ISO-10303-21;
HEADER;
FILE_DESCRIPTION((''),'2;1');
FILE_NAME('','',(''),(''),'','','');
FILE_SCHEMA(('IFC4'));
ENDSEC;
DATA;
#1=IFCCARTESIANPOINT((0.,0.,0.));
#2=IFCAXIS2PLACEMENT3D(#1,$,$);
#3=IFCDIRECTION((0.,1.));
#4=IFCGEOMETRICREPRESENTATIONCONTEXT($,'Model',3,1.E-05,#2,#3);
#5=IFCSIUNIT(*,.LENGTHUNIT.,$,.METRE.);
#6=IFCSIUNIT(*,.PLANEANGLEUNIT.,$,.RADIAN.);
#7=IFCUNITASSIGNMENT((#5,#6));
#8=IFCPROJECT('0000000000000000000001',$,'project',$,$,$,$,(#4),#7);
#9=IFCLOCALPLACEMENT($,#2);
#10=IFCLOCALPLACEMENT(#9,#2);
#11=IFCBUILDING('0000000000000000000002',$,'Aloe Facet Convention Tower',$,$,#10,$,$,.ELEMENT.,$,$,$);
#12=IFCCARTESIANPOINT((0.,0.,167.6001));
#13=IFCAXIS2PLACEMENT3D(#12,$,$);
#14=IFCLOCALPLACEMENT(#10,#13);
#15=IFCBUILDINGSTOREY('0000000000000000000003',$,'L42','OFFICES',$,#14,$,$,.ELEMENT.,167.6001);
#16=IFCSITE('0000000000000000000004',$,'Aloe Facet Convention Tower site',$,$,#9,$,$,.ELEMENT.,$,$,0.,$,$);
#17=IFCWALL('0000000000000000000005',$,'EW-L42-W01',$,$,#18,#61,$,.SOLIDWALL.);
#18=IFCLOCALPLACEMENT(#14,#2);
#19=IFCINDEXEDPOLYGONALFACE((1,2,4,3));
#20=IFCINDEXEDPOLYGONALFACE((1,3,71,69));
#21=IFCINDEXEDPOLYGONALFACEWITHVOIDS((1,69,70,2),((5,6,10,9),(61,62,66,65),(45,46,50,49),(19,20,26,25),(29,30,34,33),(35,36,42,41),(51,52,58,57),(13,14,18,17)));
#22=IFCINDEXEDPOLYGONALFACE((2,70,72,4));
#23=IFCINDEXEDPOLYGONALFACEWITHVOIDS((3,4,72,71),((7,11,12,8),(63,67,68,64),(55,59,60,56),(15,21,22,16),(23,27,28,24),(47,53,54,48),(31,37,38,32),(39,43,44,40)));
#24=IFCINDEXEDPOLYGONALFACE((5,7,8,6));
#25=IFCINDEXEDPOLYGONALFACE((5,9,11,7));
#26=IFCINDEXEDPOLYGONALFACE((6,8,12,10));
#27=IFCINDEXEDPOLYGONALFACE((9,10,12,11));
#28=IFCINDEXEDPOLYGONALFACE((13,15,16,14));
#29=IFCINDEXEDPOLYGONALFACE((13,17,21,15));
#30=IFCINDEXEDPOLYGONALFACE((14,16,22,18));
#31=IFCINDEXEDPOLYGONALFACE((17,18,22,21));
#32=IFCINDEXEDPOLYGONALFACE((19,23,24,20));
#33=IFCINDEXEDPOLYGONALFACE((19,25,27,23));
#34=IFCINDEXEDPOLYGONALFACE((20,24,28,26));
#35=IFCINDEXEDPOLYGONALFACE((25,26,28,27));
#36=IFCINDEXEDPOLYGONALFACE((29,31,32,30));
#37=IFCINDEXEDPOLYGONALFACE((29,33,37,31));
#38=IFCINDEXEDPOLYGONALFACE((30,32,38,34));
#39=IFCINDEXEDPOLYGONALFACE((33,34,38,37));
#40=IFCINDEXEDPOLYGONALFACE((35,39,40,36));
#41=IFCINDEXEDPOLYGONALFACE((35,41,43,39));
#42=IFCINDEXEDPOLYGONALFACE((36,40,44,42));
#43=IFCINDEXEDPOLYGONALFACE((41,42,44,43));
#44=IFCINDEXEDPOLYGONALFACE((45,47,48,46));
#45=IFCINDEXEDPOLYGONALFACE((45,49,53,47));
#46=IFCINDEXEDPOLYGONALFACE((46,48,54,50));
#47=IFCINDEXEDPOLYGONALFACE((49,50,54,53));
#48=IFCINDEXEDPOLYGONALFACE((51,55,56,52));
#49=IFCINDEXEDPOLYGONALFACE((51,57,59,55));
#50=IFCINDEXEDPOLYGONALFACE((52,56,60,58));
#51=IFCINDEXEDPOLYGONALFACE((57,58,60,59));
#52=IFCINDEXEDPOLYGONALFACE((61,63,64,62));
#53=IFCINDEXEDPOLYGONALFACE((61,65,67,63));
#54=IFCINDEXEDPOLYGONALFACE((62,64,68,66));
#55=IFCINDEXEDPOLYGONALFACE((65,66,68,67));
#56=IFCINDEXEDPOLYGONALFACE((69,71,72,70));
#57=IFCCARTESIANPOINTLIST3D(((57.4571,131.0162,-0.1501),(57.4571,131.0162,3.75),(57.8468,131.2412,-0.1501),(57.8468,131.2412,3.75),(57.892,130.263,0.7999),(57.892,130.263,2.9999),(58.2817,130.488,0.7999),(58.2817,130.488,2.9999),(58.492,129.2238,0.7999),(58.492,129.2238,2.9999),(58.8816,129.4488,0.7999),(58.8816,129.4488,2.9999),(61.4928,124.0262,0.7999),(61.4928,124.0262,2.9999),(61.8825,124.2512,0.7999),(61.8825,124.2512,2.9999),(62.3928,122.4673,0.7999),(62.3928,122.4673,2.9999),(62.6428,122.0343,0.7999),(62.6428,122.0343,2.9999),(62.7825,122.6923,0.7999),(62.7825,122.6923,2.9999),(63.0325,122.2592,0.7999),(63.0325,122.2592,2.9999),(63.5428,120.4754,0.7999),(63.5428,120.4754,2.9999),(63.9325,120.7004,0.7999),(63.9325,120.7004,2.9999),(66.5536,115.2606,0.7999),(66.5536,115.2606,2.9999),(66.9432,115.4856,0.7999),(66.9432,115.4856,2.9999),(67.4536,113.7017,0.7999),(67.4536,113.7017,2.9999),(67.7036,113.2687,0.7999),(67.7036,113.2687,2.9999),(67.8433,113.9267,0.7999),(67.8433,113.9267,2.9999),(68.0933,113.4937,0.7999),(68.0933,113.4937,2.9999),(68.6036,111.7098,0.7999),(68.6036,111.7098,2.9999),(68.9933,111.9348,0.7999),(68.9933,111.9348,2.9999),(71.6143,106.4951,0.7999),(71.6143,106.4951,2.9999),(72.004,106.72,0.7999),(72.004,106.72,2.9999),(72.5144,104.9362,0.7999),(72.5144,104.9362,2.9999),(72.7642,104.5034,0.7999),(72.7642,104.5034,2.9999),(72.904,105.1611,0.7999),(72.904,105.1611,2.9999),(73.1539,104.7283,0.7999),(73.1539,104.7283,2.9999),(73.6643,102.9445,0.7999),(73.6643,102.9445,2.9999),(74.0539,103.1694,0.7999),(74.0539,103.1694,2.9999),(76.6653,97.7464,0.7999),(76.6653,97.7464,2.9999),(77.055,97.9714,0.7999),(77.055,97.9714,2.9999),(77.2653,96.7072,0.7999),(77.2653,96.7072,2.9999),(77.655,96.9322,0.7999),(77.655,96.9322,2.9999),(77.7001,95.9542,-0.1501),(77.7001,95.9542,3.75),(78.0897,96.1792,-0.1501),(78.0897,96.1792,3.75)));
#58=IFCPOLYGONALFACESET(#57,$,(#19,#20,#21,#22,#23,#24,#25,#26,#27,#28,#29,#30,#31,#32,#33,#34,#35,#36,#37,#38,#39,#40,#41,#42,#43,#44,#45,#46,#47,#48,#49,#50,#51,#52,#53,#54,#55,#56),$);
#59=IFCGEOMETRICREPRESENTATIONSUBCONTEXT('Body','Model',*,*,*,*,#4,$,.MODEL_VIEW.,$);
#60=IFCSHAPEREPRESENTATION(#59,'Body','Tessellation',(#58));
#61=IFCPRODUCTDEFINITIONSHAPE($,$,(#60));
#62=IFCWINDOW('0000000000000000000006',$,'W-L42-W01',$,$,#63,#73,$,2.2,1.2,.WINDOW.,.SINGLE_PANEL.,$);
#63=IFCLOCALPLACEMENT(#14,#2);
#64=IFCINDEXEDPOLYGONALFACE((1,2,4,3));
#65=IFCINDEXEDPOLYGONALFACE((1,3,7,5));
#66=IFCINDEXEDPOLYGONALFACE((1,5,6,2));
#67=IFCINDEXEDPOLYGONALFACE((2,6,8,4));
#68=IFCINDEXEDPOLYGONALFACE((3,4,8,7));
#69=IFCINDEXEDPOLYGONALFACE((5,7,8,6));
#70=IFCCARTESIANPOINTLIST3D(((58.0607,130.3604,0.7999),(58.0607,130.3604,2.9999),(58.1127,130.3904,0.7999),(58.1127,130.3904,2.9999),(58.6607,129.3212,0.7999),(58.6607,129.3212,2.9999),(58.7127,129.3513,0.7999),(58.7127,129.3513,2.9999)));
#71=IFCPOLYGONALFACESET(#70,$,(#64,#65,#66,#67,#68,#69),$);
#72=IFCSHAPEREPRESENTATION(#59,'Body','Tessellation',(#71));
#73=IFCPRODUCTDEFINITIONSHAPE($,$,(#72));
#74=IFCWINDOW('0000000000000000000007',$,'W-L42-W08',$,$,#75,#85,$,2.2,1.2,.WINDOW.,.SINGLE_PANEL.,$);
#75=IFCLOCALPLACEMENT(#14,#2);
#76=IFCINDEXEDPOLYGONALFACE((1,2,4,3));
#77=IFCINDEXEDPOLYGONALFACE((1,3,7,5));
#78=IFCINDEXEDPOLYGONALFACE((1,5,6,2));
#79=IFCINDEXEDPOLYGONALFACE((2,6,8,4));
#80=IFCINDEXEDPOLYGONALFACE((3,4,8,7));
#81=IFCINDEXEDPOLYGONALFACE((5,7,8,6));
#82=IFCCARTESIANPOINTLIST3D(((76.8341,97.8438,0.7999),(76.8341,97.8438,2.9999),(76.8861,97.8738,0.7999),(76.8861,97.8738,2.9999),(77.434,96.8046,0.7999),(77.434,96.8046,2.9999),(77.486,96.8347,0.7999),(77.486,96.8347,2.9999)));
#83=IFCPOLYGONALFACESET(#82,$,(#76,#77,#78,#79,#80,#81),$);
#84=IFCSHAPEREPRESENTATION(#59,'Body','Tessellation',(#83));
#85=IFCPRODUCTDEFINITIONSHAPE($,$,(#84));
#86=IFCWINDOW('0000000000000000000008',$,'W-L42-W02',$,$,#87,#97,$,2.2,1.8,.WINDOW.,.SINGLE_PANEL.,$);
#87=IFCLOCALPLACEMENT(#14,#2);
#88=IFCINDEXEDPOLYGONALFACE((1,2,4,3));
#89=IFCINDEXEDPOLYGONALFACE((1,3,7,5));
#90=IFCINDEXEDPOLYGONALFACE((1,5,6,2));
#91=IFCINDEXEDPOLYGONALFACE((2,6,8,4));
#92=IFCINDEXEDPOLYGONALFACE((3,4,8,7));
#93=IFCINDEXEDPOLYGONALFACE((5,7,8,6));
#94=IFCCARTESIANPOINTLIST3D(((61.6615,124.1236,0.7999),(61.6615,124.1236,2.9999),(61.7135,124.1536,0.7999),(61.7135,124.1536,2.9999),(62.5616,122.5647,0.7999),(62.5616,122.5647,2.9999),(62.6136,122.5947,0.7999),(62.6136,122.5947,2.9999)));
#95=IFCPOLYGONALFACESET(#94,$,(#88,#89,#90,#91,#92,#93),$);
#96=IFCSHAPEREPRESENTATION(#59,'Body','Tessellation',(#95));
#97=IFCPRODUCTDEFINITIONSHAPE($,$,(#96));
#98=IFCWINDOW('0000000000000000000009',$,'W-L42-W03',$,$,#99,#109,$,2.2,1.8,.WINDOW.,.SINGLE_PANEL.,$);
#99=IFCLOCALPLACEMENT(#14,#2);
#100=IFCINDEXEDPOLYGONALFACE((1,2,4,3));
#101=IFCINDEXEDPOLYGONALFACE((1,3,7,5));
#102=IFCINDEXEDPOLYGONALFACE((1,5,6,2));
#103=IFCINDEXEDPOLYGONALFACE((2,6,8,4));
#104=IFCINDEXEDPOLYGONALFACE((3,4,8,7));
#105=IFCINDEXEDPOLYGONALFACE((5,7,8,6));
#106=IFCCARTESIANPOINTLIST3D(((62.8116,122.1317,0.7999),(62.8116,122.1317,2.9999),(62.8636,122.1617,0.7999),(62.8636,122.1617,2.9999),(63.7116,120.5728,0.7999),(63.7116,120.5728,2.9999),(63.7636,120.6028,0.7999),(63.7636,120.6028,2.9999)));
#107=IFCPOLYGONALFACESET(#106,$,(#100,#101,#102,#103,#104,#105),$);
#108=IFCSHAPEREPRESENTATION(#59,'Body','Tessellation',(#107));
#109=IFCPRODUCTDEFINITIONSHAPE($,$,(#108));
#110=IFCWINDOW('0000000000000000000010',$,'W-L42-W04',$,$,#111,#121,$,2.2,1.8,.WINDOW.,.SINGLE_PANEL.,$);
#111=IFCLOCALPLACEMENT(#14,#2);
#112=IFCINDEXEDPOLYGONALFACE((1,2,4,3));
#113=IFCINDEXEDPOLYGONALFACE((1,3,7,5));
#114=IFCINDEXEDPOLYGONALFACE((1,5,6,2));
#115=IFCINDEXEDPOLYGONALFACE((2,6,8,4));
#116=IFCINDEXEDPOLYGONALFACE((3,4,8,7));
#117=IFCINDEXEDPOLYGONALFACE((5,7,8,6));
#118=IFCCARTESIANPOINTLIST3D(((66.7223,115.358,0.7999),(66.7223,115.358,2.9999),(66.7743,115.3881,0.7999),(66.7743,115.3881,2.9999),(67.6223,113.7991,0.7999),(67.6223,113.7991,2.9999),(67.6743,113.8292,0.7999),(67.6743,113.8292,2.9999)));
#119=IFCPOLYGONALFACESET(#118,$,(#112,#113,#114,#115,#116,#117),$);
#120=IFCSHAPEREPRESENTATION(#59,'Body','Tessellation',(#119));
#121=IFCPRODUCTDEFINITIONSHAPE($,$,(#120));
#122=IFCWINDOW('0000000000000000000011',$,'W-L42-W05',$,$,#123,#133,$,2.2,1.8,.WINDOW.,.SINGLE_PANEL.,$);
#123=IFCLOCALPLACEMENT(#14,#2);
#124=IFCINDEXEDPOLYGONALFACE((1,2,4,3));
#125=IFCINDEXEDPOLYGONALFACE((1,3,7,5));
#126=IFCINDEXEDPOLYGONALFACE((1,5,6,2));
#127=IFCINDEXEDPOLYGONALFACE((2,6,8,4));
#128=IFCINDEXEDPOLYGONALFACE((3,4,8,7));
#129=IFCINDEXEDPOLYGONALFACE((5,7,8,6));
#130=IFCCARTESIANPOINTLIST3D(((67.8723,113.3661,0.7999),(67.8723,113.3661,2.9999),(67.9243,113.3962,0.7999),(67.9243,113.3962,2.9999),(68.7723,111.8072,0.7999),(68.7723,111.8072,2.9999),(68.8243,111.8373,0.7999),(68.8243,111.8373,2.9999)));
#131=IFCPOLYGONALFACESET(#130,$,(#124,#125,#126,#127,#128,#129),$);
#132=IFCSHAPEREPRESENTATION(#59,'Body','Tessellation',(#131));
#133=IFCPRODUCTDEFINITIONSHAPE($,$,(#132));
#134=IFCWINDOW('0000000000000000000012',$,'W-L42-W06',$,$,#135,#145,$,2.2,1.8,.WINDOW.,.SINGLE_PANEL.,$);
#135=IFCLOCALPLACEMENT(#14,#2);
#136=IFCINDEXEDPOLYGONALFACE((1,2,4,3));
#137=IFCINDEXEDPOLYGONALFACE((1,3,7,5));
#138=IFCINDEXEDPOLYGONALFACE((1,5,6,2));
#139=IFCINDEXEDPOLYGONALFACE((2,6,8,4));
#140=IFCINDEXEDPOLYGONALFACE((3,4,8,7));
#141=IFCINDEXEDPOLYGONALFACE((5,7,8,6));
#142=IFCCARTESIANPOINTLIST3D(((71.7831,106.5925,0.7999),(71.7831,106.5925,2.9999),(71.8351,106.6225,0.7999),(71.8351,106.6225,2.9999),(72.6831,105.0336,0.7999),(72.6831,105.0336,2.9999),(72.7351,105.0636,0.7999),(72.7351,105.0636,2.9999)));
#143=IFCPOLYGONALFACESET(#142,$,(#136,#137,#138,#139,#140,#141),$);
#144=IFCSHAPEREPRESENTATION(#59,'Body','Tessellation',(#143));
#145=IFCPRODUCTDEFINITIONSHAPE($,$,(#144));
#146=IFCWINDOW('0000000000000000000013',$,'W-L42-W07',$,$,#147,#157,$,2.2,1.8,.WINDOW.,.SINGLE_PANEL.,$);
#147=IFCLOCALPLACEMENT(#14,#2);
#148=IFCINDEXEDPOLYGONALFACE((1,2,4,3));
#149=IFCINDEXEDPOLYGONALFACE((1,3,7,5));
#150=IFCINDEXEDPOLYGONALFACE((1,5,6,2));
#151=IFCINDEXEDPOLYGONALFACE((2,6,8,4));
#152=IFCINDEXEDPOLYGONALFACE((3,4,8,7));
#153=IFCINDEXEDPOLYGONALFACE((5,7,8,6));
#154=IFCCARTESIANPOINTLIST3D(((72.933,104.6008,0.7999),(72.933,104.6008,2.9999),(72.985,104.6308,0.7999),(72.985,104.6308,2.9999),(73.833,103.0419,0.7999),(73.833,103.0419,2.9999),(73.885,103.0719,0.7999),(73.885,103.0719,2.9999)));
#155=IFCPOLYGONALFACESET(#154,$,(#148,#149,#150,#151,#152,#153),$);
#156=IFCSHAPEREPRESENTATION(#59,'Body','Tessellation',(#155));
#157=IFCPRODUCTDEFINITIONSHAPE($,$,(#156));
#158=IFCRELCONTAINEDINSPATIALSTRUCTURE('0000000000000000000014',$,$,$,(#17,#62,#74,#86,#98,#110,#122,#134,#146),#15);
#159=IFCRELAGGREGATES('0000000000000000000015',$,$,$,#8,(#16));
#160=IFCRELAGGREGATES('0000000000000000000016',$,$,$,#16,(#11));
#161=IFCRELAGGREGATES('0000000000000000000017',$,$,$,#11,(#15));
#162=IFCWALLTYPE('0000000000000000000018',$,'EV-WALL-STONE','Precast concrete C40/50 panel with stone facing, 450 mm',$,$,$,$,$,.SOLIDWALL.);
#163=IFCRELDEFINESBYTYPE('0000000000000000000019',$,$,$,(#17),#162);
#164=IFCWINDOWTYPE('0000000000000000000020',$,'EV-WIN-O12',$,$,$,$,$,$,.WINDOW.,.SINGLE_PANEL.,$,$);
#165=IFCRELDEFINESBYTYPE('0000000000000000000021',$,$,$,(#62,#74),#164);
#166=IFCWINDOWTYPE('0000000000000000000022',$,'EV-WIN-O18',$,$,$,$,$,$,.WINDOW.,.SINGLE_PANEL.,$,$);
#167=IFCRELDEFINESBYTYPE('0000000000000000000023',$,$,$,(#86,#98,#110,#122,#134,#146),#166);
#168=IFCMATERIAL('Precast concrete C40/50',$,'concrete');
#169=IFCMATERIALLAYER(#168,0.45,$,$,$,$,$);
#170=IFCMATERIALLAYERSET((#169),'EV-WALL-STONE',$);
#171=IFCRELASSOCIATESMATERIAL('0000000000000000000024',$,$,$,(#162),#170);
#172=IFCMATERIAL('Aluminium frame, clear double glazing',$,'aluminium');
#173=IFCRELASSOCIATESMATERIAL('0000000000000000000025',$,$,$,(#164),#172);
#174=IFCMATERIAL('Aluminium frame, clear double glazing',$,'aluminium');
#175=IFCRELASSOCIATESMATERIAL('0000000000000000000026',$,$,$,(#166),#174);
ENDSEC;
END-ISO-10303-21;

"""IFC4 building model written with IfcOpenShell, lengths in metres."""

from ifc_helpers import new_model, si_unit, direction, frame, frame_2d, origin, place, context, subcontext, project, spatial, polyline, rectangle, outline, extrude, material, layer, layer_set, type_object, element, fill, save


model = new_model("IFC4")

# Units and contexts
model_context = context("Model", 3, precision=1e-05, world=origin(), true_north=direction((0.0, 1.0)))
body_context = subcontext(model_context, "Body", "Model", "MODEL_VIEW")
ifc_project = project(units=[si_unit("LENGTHUNIT", "METRE"), si_unit("PLANEANGLEUNIT", "RADIAN")], contexts=[model_context])

# Site, building, storey
site_placement = place(None, origin())
site = spatial("IfcSite", under=ifc_project, at=site_placement, Name="Aloe Facet Convention Tower site", CompositionType="ELEMENT", RefElevation=0.0)
building_placement = place(site_placement, origin())
building = spatial("IfcBuilding", under=site, at=building_placement, Name="Aloe Facet Convention Tower", CompositionType="ELEMENT")
storey_placement = place(building_placement, frame((0.0, 0.0, 167.6001)))
storey = spatial("IfcBuildingStorey", under=building, at=storey_placement, Name="L42", Description="OFFICES", CompositionType="ELEMENT", Elevation=167.6001)

# Wall, openings, windows
ifc_material_1 = material(Name="Precast concrete C40/50", Category="concrete")
ifc_layer_1 = layer(ifc_material_1, 0.45)
ifc_layer_set_1 = layer_set([ifc_layer_1], Name="EV-WALL-STONE")
wall_type_1 = type_object("IfcWallType", Name="EV-WALL-STONE", Description="Precast concrete C40/50 panel with stone facing, 450 mm", PredefinedType="SOLIDWALL", material=ifc_layer_set_1)
wall_1_placement = place(storey_placement, frame((57.6519, 131.1287, -0.1501), z_axis=(0.0, 0.0, 1.0), x_axis=(0.499997, -0.866027, 0.0)))
wall_1 = element("IfcWall", 1, at=wall_1_placement, inside=storey, type_object=wall_type_1, Name="EW-L42-W01", PredefinedType="SOLIDWALL", context=body_context, shape_type="SweptSolid", body=[
    extrude(outline(polyline([(40.4861, 0.0), (40.4861, 3.9001), (0.0, 3.9001), (0.0, 0.0), (40.4861, 0.0)])), frame((0.0, 0.2251, 0.0), z_axis=(0.0, -1.0, 0.0), x_axis=(1.0, 0.0, 0.0)), (0.0, 0.0, 1.0), 0.45),
])
opening_1_placement = place(wall_1_placement, frame((0.8696, 0.0, 0.95)))
opening_1 = element("IfcOpeningElement", 2, at=opening_1_placement, cuts=wall_1, PredefinedType="OPENING", context=body_context, shape_type="SweptSolid", body=[
    extrude(rectangle(XDim=1.2, YDim=2.2, at=frame_2d((0.6001, 1.1001))), frame((0.0, 0.2349, 0.0), z_axis=(0.0, -1.0, 0.0), x_axis=(1.0, 0.0, 0.0)), (0.0, 0.0, 1.0), 0.47),
])
opening_2_placement = place(wall_1_placement, frame((8.0715, 0.0, 0.95)))
opening_2 = element("IfcOpeningElement", 3, at=opening_2_placement, cuts=wall_1, PredefinedType="OPENING", context=body_context, shape_type="SweptSolid", body=[
    extrude(rectangle(XDim=1.8, YDim=2.2, at=frame_2d((0.8999, 1.1001))), frame((0.0, 0.2349, 0.0), z_axis=(0.0, -1.0, 0.0), x_axis=(1.0, 0.0, 0.0)), (0.0, 0.0, 1.0), 0.47),
])
opening_3_placement = place(wall_1_placement, frame((10.3716, 0.0, 0.95)))
opening_3 = element("IfcOpeningElement", 4, at=opening_3_placement, cuts=wall_1, PredefinedType="OPENING", context=body_context, shape_type="SweptSolid", body=[
    extrude(rectangle(XDim=1.8, YDim=2.2, at=frame_2d((0.8999, 1.1001))), frame((0.0, 0.2349, 0.0), z_axis=(0.0, -1.0, 0.0), x_axis=(1.0, 0.0, 0.0)), (0.0, 0.0, 1.0), 0.47),
])
opening_4_placement = place(wall_1_placement, frame((18.1931, 0.0, 0.95)))
opening_4 = element("IfcOpeningElement", 5, at=opening_4_placement, cuts=wall_1, PredefinedType="OPENING", context=body_context, shape_type="SweptSolid", body=[
    extrude(rectangle(XDim=1.8, YDim=2.2, at=frame_2d((0.8999, 1.1001))), frame((0.0, 0.2349, 0.0), z_axis=(0.0, -1.0, 0.0), x_axis=(1.0, 0.0, 0.0)), (0.0, 0.0, 1.0), 0.47),
])
opening_5_placement = place(wall_1_placement, frame((20.4932, 0.0, 0.95)))
opening_5 = element("IfcOpeningElement", 6, at=opening_5_placement, cuts=wall_1, PredefinedType="OPENING", context=body_context, shape_type="SweptSolid", body=[
    extrude(rectangle(XDim=1.8, YDim=2.2, at=frame_2d((0.8999, 1.1001))), frame((0.0, 0.2349, 0.0), z_axis=(0.0, -1.0, 0.0), x_axis=(1.0, 0.0, 0.0)), (0.0, 0.0, 1.0), 0.47),
])
opening_6_placement = place(wall_1_placement, frame((28.3147, 0.0, 0.95)))
opening_6 = element("IfcOpeningElement", 7, at=opening_6_placement, cuts=wall_1, PredefinedType="OPENING", context=body_context, shape_type="SweptSolid", body=[
    extrude(rectangle(XDim=1.8, YDim=2.2, at=frame_2d((0.8999, 1.1001))), frame((0.0, 0.2349, 0.0), z_axis=(0.0, -1.0, 0.0), x_axis=(1.0, 0.0, 0.0)), (0.0, 0.0, 1.0), 0.47),
])
opening_7_placement = place(wall_1_placement, frame((30.6145, 0.0, 0.95)))
opening_7 = element("IfcOpeningElement", 8, at=opening_7_placement, cuts=wall_1, PredefinedType="OPENING", context=body_context, shape_type="SweptSolid", body=[
    extrude(rectangle(XDim=1.8, YDim=2.2, at=frame_2d((0.8999, 1.1001))), frame((0.0, 0.2349, 0.0), z_axis=(0.0, -1.0, 0.0), x_axis=(1.0, 0.0, 0.0)), (0.0, 0.0, 1.0), 0.47),
])
opening_8_placement = place(wall_1_placement, frame((38.4165, 0.0, 0.95)))
opening_8 = element("IfcOpeningElement", 9, at=opening_8_placement, cuts=wall_1, PredefinedType="OPENING", context=body_context, shape_type="SweptSolid", body=[
    extrude(rectangle(XDim=1.2, YDim=2.2, at=frame_2d((0.6001, 1.1001))), frame((0.0, 0.2349, 0.0), z_axis=(0.0, -1.0, 0.0), x_axis=(1.0, 0.0, 0.0)), (0.0, 0.0, 1.0), 0.47),
])
ifc_material_2 = material(Name="Aluminium frame, clear double glazing", Category="aluminium")
window_type_1 = type_object("IfcWindowType", Name="EV-WIN-O12", PartitioningType="SINGLE_PANEL", PredefinedType="WINDOW", material=ifc_material_2)
window_1_placement = place(opening_1_placement, origin())
window_1 = element("IfcWindow", 10, at=window_1_placement, inside=storey, type_object=window_type_1, Name="W-L42-W01", OverallHeight=2.2, OverallWidth=1.2, PartitioningType="SINGLE_PANEL", PredefinedType="WINDOW", context=body_context, shape_type="SweptSolid", body=[
    extrude(rectangle(XDim=1.2, YDim=2.2, at=frame_2d((0.6001, 1.1001))), frame((0.0, 0.03, 0.0), z_axis=(0.0, -1.0, 0.0), x_axis=(1.0, 0.0, 0.0)), (0.0, 0.0, 1.0), 0.0601),
])
fill(opening_1, window_1)
window_2_placement = place(opening_8_placement, origin())
window_2 = element("IfcWindow", 11, at=window_2_placement, inside=storey, type_object=window_type_1, Name="W-L42-W08", OverallHeight=2.2, OverallWidth=1.2, PartitioningType="SINGLE_PANEL", PredefinedType="WINDOW", context=body_context, shape_type="SweptSolid", body=[
    extrude(rectangle(XDim=1.2, YDim=2.2, at=frame_2d((0.6001, 1.1001))), frame((0.0, 0.03, 0.0), z_axis=(0.0, -1.0, 0.0), x_axis=(1.0, 0.0, 0.0)), (0.0, 0.0, 1.0), 0.0601),
])
fill(opening_8, window_2)
ifc_material_3 = material(Name="Aluminium frame, clear double glazing", Category="aluminium")
window_type_2 = type_object("IfcWindowType", Name="EV-WIN-O18", PartitioningType="SINGLE_PANEL", PredefinedType="WINDOW", material=ifc_material_3)
window_3_placement = place(opening_2_placement, origin())
window_3 = element("IfcWindow", 12, at=window_3_placement, inside=storey, type_object=window_type_2, Name="W-L42-W02", OverallHeight=2.2, OverallWidth=1.8, PartitioningType="SINGLE_PANEL", PredefinedType="WINDOW", context=body_context, shape_type="SweptSolid", body=[
    extrude(rectangle(XDim=1.8, YDim=2.2, at=frame_2d((0.8999, 1.1001))), frame((0.0, 0.03, 0.0), z_axis=(0.0, -1.0, 0.0), x_axis=(1.0, 0.0, 0.0)), (0.0, 0.0, 1.0), 0.0601),
])
fill(opening_2, window_3)
window_4_placement = place(opening_3_placement, origin())
window_4 = element("IfcWindow", 13, at=window_4_placement, inside=storey, type_object=window_type_2, Name="W-L42-W03", OverallHeight=2.2, OverallWidth=1.8, PartitioningType="SINGLE_PANEL", PredefinedType="WINDOW", context=body_context, shape_type="SweptSolid", body=[
    extrude(rectangle(XDim=1.8, YDim=2.2, at=frame_2d((0.8999, 1.1001))), frame((0.0, 0.03, 0.0), z_axis=(0.0, -1.0, 0.0), x_axis=(1.0, 0.0, 0.0)), (0.0, 0.0, 1.0), 0.0601),
])
fill(opening_3, window_4)
window_5_placement = place(opening_4_placement, origin())
window_5 = element("IfcWindow", 14, at=window_5_placement, inside=storey, type_object=window_type_2, Name="W-L42-W04", OverallHeight=2.2, OverallWidth=1.8, PartitioningType="SINGLE_PANEL", PredefinedType="WINDOW", context=body_context, shape_type="SweptSolid", body=[
    extrude(rectangle(XDim=1.8, YDim=2.2, at=frame_2d((0.8999, 1.1001))), frame((0.0, 0.03, 0.0), z_axis=(0.0, -1.0, 0.0), x_axis=(1.0, 0.0, 0.0)), (0.0, 0.0, 1.0), 0.0601),
])
fill(opening_4, window_5)
window_6_placement = place(opening_5_placement, origin())
window_6 = element("IfcWindow", 15, at=window_6_placement, inside=storey, type_object=window_type_2, Name="W-L42-W05", OverallHeight=2.2, OverallWidth=1.8, PartitioningType="SINGLE_PANEL", PredefinedType="WINDOW", context=body_context, shape_type="SweptSolid", body=[
    extrude(rectangle(XDim=1.8, YDim=2.2, at=frame_2d((0.8999, 1.1001))), frame((0.0, 0.03, 0.0), z_axis=(0.0, -1.0, 0.0), x_axis=(1.0, 0.0, 0.0)), (0.0, 0.0, 1.0), 0.0601),
])
fill(opening_5, window_6)
window_7_placement = place(opening_6_placement, origin())
window_7 = element("IfcWindow", 16, at=window_7_placement, inside=storey, type_object=window_type_2, Name="W-L42-W06", OverallHeight=2.2, OverallWidth=1.8, PartitioningType="SINGLE_PANEL", PredefinedType="WINDOW", context=body_context, shape_type="SweptSolid", body=[
    extrude(rectangle(XDim=1.8, YDim=2.2, at=frame_2d((0.8999, 1.1001))), frame((0.0, 0.03, 0.0), z_axis=(0.0, -1.0, 0.0), x_axis=(1.0, 0.0, 0.0)), (0.0, 0.0, 1.0), 0.0601),
])
fill(opening_6, window_7)
window_8_placement = place(opening_7_placement, origin())
window_8 = element("IfcWindow", 17, at=window_8_placement, inside=storey, type_object=window_type_2, Name="W-L42-W07", OverallHeight=2.2, OverallWidth=1.8, PartitioningType="SINGLE_PANEL", PredefinedType="WINDOW", context=body_context, shape_type="SweptSolid", body=[
    extrude(rectangle(XDim=1.8, YDim=2.2, at=frame_2d((0.8999, 1.1001))), frame((0.0, 0.03, 0.0), z_axis=(0.0, -1.0, 0.0), x_axis=(1.0, 0.0, 0.0)), (0.0, 0.0, 1.0), 0.0601),
])
fill(opening_7, window_8)

save(model, "model.ifc")
